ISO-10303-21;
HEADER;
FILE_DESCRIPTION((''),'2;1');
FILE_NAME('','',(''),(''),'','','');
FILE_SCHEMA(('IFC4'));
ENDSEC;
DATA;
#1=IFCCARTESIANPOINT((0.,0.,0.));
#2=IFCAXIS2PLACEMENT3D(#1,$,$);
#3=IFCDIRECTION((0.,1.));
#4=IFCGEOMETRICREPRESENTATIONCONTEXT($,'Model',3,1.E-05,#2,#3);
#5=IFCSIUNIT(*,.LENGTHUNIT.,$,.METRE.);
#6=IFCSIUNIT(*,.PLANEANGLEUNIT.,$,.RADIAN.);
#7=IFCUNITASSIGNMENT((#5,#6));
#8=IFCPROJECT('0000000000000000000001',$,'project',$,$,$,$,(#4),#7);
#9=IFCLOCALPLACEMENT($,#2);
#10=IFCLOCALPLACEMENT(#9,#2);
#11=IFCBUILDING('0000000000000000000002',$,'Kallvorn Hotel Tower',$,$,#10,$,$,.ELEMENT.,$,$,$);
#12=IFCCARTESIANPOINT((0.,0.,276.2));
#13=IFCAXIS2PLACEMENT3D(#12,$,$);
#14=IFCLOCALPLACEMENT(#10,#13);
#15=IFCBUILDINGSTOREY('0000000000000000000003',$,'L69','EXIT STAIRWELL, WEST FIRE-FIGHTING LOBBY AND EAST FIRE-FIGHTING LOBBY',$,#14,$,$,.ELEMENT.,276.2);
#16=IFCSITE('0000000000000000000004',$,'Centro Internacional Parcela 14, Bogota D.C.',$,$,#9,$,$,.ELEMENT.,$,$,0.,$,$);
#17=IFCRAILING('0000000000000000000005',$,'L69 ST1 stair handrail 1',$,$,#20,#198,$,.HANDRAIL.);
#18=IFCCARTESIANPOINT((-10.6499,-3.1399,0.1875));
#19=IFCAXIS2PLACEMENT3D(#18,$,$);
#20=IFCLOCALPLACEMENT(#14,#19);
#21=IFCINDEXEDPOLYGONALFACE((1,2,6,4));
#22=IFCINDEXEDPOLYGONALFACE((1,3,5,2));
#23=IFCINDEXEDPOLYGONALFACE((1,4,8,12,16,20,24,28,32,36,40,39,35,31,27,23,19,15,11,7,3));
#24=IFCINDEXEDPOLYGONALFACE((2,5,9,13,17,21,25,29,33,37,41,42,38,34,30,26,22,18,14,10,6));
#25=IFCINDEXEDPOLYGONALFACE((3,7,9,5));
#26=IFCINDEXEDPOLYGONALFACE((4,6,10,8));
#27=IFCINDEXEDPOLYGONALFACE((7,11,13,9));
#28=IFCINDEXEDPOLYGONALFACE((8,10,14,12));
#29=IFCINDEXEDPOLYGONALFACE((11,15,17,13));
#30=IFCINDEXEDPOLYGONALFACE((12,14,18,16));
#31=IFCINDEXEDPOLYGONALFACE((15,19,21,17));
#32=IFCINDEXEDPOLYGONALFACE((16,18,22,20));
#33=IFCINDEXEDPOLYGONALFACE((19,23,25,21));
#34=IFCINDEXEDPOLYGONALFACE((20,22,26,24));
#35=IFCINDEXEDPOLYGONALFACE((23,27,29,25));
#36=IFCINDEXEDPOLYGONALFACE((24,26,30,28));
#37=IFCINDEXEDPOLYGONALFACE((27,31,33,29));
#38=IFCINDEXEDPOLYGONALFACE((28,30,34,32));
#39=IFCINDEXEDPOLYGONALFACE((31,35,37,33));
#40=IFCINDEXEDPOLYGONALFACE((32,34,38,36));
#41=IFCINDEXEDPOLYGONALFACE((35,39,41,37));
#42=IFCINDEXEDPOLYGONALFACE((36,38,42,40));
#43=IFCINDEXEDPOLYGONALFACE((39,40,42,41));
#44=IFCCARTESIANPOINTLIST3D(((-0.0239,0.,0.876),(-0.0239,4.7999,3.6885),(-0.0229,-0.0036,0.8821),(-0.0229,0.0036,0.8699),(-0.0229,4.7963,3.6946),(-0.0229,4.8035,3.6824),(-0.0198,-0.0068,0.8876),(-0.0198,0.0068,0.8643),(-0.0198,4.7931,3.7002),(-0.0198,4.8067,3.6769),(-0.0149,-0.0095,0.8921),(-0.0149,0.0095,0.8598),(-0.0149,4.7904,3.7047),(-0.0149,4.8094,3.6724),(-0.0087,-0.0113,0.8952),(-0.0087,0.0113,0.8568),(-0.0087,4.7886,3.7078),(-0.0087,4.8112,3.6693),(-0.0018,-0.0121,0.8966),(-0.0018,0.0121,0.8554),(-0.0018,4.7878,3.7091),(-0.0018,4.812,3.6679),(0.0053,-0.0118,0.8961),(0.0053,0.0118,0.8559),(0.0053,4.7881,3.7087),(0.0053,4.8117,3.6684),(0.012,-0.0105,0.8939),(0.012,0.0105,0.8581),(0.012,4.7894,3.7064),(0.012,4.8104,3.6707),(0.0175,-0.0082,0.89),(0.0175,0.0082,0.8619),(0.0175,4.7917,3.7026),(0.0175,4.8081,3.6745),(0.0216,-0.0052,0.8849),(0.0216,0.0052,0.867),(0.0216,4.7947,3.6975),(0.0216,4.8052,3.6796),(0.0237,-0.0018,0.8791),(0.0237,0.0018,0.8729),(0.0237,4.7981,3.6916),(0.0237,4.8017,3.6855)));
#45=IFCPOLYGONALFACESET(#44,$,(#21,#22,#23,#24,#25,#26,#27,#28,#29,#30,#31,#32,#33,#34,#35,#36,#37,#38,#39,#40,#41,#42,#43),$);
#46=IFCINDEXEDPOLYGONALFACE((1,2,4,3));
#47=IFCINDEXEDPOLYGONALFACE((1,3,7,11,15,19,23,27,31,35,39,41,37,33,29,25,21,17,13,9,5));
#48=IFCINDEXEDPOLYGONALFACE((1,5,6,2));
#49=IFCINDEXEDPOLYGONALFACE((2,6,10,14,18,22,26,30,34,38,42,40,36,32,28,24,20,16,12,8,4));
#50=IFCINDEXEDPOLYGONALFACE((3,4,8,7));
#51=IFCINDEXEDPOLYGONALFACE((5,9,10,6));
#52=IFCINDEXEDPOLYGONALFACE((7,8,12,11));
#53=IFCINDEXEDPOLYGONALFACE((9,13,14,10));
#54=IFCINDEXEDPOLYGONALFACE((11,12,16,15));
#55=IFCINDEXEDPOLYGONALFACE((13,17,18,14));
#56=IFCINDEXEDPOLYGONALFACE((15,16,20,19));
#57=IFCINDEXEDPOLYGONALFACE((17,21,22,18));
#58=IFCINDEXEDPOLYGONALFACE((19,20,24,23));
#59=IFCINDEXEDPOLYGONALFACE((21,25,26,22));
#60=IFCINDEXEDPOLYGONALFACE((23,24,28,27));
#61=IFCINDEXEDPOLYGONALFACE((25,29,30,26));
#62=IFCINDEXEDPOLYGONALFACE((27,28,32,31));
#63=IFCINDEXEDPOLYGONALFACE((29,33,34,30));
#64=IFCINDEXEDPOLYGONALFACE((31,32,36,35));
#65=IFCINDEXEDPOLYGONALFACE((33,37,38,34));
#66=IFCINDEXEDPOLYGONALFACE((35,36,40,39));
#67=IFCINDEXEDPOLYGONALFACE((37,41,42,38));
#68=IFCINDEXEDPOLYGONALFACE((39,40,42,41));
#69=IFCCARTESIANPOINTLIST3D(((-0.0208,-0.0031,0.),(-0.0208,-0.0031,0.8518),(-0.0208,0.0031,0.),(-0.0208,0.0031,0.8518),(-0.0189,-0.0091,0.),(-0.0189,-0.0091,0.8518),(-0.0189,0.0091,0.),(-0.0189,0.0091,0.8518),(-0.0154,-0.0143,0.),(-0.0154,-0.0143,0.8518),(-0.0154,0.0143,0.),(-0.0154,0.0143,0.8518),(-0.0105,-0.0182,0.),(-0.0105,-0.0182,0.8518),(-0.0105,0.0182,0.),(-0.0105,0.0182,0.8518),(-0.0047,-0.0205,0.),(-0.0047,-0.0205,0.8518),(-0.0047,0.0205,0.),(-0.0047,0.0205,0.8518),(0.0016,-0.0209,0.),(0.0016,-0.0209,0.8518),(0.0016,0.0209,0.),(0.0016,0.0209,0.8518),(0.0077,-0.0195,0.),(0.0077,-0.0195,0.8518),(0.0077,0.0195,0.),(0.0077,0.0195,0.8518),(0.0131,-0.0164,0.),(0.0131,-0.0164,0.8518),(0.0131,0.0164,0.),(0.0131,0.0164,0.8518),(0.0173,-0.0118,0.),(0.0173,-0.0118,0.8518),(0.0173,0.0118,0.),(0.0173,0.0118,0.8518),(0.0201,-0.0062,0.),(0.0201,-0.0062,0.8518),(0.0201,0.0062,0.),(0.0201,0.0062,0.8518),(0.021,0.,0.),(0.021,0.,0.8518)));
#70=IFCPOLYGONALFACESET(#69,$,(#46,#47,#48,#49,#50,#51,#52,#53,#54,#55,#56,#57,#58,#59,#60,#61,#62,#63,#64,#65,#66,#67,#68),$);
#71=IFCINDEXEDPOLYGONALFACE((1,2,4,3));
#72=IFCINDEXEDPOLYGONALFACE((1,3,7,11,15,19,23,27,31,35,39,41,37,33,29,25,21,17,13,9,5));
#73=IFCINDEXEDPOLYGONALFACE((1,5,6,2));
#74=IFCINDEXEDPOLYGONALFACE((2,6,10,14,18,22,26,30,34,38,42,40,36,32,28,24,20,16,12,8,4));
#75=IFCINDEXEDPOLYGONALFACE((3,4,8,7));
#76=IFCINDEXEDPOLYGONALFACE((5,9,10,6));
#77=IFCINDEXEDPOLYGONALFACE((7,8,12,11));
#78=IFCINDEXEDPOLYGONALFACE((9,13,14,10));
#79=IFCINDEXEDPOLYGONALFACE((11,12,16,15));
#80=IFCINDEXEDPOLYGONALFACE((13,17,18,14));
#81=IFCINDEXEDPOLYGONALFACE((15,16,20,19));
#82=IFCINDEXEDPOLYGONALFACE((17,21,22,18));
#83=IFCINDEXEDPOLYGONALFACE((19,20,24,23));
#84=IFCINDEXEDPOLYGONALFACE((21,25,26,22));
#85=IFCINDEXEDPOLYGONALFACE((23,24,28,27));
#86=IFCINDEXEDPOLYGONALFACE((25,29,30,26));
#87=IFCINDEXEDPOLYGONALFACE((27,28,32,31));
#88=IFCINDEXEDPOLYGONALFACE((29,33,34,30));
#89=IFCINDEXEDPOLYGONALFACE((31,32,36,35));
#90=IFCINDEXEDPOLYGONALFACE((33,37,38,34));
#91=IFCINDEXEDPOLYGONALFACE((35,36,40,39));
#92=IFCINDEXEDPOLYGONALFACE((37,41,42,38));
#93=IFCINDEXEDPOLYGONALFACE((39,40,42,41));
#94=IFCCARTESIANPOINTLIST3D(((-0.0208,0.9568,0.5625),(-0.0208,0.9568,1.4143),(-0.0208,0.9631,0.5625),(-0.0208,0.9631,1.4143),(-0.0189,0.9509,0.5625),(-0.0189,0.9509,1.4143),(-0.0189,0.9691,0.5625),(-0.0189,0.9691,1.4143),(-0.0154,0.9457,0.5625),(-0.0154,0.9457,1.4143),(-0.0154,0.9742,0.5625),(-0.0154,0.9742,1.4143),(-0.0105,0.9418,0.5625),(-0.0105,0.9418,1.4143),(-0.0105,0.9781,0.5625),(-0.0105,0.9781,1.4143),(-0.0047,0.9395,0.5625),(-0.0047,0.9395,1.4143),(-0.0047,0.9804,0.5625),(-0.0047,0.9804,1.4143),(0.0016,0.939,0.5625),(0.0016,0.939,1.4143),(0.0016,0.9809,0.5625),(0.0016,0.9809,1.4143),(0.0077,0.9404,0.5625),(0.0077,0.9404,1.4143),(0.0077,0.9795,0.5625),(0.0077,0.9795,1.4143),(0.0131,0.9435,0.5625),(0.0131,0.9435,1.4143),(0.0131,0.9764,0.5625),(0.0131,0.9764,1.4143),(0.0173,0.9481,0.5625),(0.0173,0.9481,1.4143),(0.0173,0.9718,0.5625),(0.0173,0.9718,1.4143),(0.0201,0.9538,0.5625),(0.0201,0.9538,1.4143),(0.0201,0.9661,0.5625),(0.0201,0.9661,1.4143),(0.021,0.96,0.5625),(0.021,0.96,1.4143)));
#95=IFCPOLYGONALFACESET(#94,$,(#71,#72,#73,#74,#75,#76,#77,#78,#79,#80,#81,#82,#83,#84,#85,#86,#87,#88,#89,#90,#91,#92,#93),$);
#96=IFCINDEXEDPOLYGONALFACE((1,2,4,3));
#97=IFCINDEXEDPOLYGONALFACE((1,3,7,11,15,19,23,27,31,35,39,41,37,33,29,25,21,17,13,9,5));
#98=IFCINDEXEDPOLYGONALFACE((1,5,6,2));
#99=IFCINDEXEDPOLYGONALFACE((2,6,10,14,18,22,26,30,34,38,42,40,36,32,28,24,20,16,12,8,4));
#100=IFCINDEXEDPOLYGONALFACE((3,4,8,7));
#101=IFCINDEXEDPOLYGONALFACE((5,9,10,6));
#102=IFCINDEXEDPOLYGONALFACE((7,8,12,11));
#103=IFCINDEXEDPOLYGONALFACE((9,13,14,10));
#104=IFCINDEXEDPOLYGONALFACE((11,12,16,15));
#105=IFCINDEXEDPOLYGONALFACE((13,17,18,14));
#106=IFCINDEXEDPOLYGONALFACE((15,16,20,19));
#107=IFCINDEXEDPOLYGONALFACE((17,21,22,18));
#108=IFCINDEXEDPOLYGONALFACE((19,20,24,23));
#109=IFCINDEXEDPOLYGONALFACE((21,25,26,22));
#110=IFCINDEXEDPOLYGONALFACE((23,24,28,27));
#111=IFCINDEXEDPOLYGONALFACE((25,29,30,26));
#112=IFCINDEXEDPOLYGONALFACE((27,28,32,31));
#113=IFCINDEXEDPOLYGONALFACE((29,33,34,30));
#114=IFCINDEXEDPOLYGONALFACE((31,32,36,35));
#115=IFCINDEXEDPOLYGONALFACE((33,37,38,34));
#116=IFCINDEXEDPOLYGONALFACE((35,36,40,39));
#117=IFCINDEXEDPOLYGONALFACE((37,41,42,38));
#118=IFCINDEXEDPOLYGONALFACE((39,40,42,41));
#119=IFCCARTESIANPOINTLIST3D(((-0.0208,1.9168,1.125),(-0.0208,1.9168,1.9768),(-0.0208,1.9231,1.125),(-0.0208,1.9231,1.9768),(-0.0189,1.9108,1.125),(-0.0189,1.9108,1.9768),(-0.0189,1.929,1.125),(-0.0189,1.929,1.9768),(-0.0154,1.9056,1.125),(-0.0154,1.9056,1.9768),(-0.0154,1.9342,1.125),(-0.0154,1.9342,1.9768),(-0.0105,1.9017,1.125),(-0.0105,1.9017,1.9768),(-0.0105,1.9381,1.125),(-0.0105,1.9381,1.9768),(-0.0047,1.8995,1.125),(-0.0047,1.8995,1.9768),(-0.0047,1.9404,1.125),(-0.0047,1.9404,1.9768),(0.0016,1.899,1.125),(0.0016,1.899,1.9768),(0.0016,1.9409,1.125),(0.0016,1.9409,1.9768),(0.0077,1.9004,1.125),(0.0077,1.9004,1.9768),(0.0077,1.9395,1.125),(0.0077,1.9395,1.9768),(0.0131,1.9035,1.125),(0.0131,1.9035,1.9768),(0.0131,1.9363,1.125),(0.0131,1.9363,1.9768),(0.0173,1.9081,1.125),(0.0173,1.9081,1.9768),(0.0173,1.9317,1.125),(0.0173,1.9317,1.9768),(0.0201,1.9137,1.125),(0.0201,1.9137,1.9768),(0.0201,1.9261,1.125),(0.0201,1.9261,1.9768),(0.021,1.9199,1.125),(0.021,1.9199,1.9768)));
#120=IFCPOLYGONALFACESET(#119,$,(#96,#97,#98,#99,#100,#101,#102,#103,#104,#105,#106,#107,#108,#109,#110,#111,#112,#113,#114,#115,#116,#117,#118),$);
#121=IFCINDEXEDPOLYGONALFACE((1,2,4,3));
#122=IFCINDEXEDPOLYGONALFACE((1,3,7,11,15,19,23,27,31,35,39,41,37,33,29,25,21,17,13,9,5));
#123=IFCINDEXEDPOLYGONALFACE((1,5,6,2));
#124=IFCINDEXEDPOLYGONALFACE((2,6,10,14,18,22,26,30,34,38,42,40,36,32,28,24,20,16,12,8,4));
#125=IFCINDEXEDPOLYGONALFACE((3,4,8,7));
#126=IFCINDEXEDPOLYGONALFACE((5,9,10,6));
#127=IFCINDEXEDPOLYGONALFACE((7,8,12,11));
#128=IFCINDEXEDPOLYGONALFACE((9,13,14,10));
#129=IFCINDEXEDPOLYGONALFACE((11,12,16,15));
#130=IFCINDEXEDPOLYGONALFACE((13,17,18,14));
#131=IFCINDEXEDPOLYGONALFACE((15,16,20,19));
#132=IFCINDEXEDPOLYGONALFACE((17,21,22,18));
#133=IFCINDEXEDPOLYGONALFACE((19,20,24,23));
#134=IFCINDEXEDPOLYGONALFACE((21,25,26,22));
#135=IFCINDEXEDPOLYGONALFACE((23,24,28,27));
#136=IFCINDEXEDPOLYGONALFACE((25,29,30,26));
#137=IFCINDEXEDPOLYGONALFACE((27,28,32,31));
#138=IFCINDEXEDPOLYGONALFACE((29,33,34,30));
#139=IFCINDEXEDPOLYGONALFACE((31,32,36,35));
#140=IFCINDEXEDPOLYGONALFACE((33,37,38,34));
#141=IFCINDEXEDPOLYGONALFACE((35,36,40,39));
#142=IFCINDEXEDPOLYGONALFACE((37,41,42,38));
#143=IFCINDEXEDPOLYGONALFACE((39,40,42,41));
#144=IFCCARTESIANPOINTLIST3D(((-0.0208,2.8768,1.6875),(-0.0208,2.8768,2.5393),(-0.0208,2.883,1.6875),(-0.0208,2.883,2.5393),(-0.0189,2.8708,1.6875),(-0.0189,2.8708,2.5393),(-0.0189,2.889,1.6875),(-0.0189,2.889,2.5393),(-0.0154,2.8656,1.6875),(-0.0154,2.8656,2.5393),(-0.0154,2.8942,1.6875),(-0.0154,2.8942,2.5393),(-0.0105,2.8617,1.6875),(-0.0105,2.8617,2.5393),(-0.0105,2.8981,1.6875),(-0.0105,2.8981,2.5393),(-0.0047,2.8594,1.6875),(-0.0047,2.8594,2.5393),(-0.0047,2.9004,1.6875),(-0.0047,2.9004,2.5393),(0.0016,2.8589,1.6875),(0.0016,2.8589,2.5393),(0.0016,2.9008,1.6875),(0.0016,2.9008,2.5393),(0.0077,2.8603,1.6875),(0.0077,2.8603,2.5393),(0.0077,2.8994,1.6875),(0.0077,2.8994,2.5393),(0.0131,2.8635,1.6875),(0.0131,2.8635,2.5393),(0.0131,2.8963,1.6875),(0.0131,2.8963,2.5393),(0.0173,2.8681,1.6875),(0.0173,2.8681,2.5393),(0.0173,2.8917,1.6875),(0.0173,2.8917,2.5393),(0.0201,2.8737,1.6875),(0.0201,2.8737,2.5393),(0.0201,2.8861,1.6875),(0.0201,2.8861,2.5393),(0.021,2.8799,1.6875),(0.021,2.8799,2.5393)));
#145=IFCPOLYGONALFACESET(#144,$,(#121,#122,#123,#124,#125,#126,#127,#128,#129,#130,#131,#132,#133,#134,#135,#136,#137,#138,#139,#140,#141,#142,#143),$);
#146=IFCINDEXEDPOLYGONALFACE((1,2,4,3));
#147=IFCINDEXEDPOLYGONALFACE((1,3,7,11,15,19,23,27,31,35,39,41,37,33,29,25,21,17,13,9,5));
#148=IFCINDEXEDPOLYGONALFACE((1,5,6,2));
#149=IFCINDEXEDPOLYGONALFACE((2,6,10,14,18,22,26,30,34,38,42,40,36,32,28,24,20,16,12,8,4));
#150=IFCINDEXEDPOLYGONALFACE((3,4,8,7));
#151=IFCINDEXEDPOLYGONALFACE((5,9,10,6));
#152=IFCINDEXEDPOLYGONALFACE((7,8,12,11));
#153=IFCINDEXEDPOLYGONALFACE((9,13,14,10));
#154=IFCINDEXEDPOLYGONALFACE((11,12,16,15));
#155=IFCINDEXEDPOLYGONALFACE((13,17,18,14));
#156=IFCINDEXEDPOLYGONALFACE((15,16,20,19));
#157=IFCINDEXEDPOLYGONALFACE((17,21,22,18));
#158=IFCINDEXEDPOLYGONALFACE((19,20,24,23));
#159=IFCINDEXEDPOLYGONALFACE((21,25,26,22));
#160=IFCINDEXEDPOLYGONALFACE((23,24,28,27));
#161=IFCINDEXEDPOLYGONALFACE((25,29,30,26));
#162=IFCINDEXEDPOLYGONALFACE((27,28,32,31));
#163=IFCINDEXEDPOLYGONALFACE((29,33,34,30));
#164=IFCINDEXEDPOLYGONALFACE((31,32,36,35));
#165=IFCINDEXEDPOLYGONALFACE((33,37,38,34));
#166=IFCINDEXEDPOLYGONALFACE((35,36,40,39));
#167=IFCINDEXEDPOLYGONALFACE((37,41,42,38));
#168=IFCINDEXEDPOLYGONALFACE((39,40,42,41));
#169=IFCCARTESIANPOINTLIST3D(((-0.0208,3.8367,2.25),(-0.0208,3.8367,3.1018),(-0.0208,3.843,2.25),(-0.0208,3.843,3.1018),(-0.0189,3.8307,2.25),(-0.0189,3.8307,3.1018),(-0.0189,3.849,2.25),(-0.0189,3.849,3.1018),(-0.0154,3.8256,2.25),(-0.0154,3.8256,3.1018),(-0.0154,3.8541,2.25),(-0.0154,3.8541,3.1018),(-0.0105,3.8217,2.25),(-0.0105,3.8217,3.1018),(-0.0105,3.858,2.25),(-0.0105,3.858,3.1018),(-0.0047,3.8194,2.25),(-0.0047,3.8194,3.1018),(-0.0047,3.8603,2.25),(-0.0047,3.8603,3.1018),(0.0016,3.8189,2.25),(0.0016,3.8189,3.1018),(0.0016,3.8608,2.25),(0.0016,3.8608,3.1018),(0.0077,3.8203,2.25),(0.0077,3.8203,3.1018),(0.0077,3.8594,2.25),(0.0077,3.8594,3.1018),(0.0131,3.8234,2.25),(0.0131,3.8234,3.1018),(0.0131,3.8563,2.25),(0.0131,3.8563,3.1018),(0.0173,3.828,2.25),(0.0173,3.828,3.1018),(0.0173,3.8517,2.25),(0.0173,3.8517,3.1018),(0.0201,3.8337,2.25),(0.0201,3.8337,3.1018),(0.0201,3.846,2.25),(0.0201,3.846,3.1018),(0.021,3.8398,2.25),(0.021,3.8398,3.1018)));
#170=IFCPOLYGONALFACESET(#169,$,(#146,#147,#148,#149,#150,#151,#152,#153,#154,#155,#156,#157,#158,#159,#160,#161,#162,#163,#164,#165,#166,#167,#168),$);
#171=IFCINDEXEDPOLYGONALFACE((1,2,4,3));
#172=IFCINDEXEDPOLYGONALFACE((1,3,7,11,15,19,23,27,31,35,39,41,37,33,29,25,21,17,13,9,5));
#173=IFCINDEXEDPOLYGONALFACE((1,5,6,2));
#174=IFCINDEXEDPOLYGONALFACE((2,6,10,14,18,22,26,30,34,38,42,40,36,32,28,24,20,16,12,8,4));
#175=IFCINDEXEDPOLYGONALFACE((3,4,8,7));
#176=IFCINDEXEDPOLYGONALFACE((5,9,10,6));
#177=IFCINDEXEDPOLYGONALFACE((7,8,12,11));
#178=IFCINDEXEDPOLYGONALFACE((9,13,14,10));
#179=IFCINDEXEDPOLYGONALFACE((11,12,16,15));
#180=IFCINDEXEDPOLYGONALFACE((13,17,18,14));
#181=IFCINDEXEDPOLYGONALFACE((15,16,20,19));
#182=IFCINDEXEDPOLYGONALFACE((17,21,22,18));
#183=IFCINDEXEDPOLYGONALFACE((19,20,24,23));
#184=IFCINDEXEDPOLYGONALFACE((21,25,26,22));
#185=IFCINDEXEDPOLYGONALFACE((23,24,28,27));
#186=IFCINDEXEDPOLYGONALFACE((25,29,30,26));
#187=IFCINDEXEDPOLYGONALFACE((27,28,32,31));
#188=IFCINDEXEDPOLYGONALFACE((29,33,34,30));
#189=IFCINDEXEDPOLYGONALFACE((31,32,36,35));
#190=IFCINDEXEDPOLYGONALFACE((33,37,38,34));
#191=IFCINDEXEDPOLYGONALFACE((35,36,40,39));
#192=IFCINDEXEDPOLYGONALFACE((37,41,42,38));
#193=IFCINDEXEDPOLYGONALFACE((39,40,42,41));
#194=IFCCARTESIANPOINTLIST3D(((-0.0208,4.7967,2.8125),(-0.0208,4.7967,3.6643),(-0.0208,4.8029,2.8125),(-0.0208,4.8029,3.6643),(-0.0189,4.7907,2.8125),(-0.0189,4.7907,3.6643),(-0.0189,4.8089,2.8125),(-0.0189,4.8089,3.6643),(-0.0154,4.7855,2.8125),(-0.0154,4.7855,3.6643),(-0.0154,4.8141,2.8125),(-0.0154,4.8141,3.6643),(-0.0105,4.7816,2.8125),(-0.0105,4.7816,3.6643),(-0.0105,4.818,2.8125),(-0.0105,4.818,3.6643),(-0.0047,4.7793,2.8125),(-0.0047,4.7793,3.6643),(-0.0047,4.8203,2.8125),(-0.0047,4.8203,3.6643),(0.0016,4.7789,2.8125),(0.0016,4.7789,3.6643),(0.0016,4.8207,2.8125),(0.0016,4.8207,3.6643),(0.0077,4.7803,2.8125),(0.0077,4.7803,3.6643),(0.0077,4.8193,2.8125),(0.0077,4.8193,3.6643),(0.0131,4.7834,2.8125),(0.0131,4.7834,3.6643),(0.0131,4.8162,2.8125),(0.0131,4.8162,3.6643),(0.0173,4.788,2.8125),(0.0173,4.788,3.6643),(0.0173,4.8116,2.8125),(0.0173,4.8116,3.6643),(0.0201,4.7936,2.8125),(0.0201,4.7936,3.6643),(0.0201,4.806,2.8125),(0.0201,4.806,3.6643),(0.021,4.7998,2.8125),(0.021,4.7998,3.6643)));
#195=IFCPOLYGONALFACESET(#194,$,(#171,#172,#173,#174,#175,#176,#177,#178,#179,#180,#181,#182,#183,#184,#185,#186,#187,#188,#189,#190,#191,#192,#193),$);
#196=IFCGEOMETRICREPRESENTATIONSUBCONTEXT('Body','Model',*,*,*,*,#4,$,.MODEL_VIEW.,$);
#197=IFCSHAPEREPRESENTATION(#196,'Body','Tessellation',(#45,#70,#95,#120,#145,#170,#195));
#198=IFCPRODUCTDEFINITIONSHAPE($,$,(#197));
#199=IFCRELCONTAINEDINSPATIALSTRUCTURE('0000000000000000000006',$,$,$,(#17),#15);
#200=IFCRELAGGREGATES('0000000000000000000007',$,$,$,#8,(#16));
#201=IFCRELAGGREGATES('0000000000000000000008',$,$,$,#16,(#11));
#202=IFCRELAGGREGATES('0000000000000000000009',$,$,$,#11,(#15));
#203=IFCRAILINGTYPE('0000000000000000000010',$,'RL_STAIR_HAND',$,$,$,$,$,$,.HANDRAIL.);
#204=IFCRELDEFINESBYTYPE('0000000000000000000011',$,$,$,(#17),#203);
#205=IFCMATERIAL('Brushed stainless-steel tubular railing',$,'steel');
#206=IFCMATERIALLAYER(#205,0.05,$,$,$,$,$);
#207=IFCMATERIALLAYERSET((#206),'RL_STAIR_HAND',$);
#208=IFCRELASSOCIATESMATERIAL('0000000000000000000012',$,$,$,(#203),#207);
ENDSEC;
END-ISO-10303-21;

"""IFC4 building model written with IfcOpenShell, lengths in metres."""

from ifc_helpers import new_model, si_unit, direction, frame, origin, origin_2d, place, context, subcontext, project, spatial, circle, extrude, material, layer, layer_set, type_object, element, save


model = new_model("IFC4")

# Units and contexts
model_context = context("Model", 3, precision=1e-05, world=origin(), true_north=direction((0.0, 1.0)))
body_context = subcontext(model_context, "Body", "Model", "MODEL_VIEW")
ifc_project = project(units=[si_unit("LENGTHUNIT", "METRE"), si_unit("PLANEANGLEUNIT", "RADIAN")], contexts=[model_context])

# Site, building, storey
site_placement = place(None, origin())
site = spatial("IfcSite", under=ifc_project, at=site_placement, Name="Centro Internacional Parcela 14, Bogota D.C.", CompositionType="ELEMENT", RefElevation=0.0)
building_placement = place(site_placement, origin())
building = spatial("IfcBuilding", under=site, at=building_placement, Name="Kallvorn Hotel Tower", CompositionType="ELEMENT")
storey_placement = place(building_placement, frame((0.0, 0.0, 276.2)))
storey = spatial("IfcBuildingStorey", under=building, at=storey_placement, Name="L69", Description="EXIT STAIRWELL, WEST FIRE-FIGHTING LOBBY AND EAST FIRE-FIGHTING LOBBY", CompositionType="ELEMENT", Elevation=276.2)

# Railing
ifc_material_1 = material(Name="Brushed stainless-steel tubular railing", Category="steel")
ifc_layer_1 = layer(ifc_material_1, 0.05)
ifc_layer_set_1 = layer_set([ifc_layer_1], Name="RL_STAIR_HAND")
railing_type_1 = type_object("IfcRailingType", Name="RL_STAIR_HAND", PredefinedType="HANDRAIL", material=ifc_layer_set_1)
railing_1_placement = place(storey_placement, frame((-10.6499, -3.1399, 0.1875)))
element("IfcRailing", 1, at=railing_1_placement, inside=storey, type_object=railing_type_1, Name="L69 ST1 stair handrail 1", PredefinedType="HANDRAIL", context=body_context, shape_type="SweptSolid", body=[
    extrude(circle(Radius=0.0239, at=origin_2d()), frame((0.0, 0.0, 0.876), z_axis=(0.0, 0.86279, 0.505562), x_axis=(-1.0, 0.0, 0.0)), (0.0, 0.0, 1.0), 5.5632),
    extrude(circle(Radius=0.021, at=origin_2d()), origin(), (0.0, 0.0, 1.0), 0.8518),
    extrude(circle(Radius=0.021, at=origin_2d()), frame((0.0, 0.96, 0.5625)), (0.0, 0.0, 1.0), 0.8518),
    extrude(circle(Radius=0.021, at=origin_2d()), frame((0.0, 1.9199, 1.125)), (0.0, 0.0, 1.0), 0.8518),
    extrude(circle(Radius=0.021, at=origin_2d()), frame((0.0, 2.8799, 1.6875)), (0.0, 0.0, 1.0), 0.8518),
    extrude(circle(Radius=0.021, at=origin_2d()), frame((0.0, 3.8398, 2.25)), (0.0, 0.0, 1.0), 0.8518),
    extrude(circle(Radius=0.021, at=origin_2d()), frame((0.0, 4.7998, 2.8125)), (0.0, 0.0, 1.0), 0.8518),
])

save(model, "model.ifc")
